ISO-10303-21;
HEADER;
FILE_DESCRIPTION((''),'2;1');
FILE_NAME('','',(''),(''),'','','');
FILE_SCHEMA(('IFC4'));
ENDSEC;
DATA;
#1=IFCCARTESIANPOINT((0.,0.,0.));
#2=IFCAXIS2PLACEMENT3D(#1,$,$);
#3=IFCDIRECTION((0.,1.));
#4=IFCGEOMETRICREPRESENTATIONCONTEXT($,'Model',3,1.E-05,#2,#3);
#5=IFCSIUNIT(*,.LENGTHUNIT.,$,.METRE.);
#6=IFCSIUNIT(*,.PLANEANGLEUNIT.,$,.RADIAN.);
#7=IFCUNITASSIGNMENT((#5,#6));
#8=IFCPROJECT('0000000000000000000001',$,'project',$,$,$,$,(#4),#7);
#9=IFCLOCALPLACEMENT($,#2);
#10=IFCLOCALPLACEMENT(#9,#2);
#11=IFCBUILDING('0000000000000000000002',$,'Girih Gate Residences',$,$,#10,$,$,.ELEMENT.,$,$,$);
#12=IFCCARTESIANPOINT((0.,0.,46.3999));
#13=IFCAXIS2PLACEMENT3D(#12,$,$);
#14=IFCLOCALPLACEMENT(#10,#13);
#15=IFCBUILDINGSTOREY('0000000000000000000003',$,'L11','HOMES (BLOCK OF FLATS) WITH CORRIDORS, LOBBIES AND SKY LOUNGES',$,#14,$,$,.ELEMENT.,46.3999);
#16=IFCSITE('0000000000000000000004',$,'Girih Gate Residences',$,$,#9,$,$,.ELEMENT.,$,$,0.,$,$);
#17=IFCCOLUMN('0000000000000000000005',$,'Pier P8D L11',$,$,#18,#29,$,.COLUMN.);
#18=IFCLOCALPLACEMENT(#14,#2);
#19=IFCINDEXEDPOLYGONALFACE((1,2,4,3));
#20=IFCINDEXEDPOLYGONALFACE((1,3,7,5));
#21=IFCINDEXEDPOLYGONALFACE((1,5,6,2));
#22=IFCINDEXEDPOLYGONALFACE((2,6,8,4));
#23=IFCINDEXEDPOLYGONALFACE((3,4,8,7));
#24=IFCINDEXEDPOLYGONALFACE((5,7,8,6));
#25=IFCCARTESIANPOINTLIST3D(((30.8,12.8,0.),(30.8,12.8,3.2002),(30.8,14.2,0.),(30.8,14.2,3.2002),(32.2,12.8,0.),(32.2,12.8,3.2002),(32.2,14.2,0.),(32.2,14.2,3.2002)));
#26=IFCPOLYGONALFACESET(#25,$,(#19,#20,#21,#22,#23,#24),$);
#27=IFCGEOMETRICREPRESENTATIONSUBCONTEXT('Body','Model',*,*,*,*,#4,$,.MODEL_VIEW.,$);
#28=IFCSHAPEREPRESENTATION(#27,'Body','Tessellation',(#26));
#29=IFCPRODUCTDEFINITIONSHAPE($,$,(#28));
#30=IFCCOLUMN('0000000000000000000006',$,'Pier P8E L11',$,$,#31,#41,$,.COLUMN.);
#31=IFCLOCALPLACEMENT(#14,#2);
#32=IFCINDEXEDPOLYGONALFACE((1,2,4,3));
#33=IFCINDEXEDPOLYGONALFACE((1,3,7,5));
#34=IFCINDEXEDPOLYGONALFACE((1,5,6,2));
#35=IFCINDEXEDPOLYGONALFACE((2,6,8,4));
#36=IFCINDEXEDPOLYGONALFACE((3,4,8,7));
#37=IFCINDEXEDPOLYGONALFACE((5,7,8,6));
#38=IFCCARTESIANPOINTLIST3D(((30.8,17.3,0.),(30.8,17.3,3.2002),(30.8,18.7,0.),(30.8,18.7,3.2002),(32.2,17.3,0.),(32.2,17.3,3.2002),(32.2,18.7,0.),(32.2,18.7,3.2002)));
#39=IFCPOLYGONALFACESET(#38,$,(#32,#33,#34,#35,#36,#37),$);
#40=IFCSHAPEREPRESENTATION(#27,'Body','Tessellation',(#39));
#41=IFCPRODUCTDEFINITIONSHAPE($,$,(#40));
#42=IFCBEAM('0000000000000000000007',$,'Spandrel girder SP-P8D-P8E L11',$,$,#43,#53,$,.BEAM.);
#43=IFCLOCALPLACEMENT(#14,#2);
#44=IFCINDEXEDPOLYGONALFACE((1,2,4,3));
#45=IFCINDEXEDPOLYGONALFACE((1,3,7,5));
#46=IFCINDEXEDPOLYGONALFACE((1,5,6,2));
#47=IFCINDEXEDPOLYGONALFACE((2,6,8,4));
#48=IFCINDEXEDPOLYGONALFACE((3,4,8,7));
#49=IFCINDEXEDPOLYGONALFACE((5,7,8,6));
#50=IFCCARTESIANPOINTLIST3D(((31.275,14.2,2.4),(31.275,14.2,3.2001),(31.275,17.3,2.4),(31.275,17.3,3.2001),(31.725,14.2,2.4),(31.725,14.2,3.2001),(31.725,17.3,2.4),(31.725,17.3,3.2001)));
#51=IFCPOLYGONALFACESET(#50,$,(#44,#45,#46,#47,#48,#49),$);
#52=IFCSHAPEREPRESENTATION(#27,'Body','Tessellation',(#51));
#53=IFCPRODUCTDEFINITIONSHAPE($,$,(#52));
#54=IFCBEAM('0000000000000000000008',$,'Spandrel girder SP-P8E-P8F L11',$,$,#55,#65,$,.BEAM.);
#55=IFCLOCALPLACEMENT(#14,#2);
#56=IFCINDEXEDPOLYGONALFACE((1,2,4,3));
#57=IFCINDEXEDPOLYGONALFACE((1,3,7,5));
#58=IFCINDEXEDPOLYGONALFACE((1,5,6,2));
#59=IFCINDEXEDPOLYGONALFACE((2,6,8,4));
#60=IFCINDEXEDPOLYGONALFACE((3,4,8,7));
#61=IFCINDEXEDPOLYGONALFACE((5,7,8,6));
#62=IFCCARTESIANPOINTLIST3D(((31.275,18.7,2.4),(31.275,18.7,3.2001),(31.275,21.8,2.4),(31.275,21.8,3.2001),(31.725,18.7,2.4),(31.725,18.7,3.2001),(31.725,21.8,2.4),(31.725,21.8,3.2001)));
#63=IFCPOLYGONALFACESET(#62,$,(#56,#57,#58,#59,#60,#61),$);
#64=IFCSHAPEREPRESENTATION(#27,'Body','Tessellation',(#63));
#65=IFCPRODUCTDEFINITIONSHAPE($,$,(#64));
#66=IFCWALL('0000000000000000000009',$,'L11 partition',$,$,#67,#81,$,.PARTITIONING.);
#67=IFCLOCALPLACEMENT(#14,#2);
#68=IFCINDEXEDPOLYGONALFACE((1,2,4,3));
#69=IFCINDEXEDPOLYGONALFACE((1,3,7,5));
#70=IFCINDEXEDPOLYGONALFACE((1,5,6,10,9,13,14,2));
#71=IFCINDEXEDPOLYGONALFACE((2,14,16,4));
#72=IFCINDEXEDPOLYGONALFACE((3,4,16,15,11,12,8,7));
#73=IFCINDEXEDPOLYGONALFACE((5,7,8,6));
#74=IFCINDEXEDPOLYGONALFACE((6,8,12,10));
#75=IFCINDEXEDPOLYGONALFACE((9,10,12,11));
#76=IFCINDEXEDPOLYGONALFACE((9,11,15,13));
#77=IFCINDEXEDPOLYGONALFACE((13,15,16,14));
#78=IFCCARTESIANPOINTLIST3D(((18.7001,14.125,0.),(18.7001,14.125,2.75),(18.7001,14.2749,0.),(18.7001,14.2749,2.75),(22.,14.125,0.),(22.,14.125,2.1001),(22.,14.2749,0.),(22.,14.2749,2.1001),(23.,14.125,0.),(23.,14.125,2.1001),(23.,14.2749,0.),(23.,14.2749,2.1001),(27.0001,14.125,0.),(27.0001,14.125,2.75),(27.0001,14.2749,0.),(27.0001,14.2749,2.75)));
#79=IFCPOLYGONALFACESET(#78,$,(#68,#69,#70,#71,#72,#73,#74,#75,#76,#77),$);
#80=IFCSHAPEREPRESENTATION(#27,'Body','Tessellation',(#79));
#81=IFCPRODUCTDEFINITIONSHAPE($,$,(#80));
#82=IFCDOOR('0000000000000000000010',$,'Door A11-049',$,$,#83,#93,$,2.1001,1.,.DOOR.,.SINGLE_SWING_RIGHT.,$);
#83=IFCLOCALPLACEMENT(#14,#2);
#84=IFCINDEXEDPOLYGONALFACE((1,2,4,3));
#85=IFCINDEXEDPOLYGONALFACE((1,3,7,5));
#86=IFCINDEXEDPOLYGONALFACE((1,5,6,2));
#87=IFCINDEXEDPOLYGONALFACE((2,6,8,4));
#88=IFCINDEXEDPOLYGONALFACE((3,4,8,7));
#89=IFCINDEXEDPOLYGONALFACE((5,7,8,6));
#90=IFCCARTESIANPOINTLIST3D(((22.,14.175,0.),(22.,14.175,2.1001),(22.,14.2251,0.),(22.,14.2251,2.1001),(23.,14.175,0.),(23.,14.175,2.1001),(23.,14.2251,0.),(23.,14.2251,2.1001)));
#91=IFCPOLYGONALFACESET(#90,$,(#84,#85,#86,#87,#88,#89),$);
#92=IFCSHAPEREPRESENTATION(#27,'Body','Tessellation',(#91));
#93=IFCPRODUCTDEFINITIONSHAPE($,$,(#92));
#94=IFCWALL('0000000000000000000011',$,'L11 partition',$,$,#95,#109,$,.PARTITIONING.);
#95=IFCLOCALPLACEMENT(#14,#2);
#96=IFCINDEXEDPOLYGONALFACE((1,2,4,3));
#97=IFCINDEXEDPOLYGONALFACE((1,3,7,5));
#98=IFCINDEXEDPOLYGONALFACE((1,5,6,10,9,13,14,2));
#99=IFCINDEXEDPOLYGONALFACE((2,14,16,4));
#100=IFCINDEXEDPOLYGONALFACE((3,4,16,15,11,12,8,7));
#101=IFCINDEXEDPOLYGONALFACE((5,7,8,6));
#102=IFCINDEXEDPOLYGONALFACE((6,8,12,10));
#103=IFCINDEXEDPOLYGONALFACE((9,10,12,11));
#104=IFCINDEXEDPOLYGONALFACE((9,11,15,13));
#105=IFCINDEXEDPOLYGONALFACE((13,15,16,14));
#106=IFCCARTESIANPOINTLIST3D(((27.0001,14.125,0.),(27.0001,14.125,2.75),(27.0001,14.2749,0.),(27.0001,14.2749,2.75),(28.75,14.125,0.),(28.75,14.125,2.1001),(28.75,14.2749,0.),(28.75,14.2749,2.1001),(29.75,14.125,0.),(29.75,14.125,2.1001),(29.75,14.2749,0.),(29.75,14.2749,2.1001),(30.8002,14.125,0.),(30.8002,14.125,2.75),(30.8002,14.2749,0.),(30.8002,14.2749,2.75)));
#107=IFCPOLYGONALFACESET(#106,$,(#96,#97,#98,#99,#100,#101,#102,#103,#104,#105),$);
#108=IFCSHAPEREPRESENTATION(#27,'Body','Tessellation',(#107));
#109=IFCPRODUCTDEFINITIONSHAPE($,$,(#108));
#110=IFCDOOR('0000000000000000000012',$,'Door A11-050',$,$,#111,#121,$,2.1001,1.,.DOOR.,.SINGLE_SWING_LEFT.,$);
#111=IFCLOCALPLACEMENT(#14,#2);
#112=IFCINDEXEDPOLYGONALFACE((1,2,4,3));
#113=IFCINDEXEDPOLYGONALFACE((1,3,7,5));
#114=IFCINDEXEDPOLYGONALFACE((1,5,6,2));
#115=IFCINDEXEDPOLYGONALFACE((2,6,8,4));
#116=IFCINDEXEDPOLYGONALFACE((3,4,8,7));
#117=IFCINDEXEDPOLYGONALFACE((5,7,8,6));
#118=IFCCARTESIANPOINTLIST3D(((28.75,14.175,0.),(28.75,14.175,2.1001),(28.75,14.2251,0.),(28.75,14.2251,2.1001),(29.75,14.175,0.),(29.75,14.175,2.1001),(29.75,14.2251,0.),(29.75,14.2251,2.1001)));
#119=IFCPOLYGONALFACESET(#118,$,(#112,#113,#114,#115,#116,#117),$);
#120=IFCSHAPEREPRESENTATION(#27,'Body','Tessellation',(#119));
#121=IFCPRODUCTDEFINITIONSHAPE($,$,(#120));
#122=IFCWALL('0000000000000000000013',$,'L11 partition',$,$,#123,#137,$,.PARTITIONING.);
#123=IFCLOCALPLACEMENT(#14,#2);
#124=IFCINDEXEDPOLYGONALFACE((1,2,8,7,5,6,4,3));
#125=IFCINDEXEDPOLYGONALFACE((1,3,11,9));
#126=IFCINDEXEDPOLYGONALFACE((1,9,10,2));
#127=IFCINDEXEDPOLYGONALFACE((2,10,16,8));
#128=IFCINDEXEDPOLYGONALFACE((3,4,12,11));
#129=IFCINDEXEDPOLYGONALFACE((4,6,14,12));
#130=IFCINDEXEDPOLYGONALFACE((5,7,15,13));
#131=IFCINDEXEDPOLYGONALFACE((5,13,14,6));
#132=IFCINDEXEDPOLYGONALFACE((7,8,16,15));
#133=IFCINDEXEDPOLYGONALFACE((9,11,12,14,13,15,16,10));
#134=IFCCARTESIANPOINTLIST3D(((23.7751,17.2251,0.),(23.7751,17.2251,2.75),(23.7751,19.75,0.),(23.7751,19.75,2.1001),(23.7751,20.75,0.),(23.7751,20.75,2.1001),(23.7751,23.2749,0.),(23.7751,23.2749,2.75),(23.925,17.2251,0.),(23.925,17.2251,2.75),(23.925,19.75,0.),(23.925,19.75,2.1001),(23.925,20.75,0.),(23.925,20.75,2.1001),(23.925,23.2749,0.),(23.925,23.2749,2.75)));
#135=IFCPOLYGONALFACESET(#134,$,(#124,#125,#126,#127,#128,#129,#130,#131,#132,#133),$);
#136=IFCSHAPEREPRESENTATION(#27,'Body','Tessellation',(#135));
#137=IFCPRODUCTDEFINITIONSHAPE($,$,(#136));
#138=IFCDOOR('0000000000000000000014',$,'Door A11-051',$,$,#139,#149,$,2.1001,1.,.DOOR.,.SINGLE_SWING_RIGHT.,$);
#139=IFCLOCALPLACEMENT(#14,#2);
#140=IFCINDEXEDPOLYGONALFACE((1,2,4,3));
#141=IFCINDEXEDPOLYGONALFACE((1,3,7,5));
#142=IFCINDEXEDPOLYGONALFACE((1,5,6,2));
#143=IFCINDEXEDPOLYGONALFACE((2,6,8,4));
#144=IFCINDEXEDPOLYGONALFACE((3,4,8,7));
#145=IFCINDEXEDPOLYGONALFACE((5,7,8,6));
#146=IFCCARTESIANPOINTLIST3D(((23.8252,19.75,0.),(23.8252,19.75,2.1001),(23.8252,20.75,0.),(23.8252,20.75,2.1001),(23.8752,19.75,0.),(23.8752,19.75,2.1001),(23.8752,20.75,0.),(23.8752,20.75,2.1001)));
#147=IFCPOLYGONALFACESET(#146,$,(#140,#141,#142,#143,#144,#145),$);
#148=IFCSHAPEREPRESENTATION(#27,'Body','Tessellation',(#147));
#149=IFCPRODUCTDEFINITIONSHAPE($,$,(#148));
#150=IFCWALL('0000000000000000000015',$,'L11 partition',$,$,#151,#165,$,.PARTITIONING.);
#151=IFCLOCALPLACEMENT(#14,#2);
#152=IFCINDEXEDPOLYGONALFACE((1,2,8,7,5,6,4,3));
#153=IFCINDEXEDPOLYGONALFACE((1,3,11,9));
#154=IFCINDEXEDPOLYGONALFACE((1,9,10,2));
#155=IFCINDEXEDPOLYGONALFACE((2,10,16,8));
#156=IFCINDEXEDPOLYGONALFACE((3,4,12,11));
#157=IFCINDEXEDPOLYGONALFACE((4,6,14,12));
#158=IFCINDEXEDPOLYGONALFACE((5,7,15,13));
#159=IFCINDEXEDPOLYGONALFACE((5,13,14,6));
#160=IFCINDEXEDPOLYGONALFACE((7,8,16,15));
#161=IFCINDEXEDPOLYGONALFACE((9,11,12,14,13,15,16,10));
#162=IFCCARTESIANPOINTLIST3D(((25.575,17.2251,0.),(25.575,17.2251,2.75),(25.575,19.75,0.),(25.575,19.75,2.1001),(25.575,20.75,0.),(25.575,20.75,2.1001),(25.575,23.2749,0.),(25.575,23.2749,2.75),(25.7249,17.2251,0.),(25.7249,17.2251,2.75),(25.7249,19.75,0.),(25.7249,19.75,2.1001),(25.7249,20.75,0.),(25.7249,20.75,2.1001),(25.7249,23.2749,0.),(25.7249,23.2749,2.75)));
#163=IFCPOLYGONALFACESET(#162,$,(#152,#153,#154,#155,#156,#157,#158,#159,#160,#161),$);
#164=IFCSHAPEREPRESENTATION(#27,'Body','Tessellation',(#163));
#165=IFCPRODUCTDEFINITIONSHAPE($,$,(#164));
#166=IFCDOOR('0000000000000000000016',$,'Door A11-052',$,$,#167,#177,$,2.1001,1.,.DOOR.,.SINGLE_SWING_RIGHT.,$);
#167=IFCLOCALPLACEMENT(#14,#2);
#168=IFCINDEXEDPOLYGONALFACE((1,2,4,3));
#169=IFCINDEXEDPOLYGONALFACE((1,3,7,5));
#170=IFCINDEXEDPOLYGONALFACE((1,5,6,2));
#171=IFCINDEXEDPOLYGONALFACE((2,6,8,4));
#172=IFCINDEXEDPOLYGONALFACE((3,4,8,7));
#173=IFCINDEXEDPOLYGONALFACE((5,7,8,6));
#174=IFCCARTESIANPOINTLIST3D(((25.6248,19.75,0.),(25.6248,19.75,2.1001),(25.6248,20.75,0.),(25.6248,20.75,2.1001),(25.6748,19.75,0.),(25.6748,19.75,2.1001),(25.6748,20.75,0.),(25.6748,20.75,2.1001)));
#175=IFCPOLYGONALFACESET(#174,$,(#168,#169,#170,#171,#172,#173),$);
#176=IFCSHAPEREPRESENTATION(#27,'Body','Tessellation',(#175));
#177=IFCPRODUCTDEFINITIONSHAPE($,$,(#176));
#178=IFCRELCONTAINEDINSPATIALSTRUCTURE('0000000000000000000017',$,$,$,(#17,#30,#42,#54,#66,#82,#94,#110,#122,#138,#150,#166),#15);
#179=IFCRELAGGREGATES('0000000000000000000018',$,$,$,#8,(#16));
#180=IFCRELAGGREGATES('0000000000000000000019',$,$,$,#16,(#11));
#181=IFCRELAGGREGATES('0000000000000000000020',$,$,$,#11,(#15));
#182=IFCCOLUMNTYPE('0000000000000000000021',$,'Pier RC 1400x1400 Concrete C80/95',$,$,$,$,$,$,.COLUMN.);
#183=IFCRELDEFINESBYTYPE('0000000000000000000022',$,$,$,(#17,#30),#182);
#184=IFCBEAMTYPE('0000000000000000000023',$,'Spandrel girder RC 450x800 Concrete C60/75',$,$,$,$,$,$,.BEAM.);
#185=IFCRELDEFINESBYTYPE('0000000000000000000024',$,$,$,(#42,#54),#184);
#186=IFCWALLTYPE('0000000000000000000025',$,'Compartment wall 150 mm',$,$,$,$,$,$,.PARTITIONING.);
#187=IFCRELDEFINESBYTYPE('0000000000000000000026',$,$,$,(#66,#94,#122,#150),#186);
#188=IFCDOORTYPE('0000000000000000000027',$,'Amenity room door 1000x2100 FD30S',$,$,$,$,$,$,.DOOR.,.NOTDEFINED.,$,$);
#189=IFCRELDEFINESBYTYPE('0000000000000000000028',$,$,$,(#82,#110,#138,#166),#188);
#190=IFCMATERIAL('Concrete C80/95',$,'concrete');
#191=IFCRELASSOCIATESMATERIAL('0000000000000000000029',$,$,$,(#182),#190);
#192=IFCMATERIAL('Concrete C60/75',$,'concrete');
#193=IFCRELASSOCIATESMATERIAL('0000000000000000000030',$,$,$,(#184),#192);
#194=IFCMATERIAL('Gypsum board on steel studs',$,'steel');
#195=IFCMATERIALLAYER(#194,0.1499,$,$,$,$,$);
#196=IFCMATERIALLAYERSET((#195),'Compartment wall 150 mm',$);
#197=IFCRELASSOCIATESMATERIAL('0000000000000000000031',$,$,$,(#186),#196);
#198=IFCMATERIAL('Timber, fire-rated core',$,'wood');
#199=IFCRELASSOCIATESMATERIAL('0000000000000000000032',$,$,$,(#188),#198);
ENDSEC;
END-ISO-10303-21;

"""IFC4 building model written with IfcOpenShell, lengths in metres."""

from ifc_helpers import new_model, si_unit, direction, frame, frame_2d, origin, origin_2d, place, context, subcontext, project, spatial, rectangle, extrude, material, layer, layer_set, material_profile, profile_set, type_object, element, fill, save


model = new_model("IFC4")

# Units and contexts
model_context = context("Model", 3, precision=1e-05, world=origin(), true_north=direction((0.0, 1.0)))
body_context = subcontext(model_context, "Body", "Model", "MODEL_VIEW")
ifc_project = project(units=[si_unit("LENGTHUNIT", "METRE"), si_unit("PLANEANGLEUNIT", "RADIAN")], contexts=[model_context])

# Site, building, storey
site_placement = place(None, origin())
site = spatial("IfcSite", under=ifc_project, at=site_placement, Name="Girih Gate Residences", CompositionType="ELEMENT", RefElevation=0.0)
building_placement = place(site_placement, origin())
building = spatial("IfcBuilding", under=site, at=building_placement, Name="Girih Gate Residences", CompositionType="ELEMENT")
storey_placement = place(building_placement, frame((0.0, 0.0, 46.3999)))
storey = spatial("IfcBuildingStorey", under=building, at=storey_placement, Name="L11", Description="HOMES (BLOCK OF FLATS) WITH CORRIDORS, LOBBIES AND SKY LOUNGES", CompositionType="ELEMENT", Elevation=46.3999)

# Columns
ifc_material_1 = material(Name="Concrete C80/95", Category="concrete")
ifc_material_profile_1 = material_profile(ifc_material_1, rectangle(XDim=1.3999, YDim=1.3999, at=origin_2d()))
ifc_profile_set_1 = profile_set([ifc_material_profile_1], Name="Concrete C80/95")
column_type = type_object("IfcColumnType", Name="Pier RC 1400x1400 Concrete C80/95", PredefinedType="COLUMN", material=ifc_profile_set_1)
for number, where, z_axis, x_axis, name in (
    (1, (31.5, 13.5, 0.0), (0.0, 0.0, 1.0), (1.0, 0.0, 0.0), "Pier P8D L11"),
    (2, (31.5, 18.0, 0.0), (0.0, 0.0, 1.0), (1.0, 0.0, 0.0), "Pier P8E L11"),
):
    element("IfcColumn", number, at=place(storey_placement, frame(where, z_axis=z_axis, x_axis=x_axis)), inside=storey, type_object=column_type, Name=name, PredefinedType="COLUMN", context=body_context, shape_type="SweptSolid", body=[
        extrude(rectangle(XDim=1.3999, YDim=1.3999, at=origin_2d()), origin(), (0.0, 0.0, 1.0), 3.2002),
    ])

# Beams
ifc_material_2 = material(Name="Concrete C60/75", Category="concrete")
ifc_material_profile_2 = material_profile(ifc_material_2, rectangle(XDim=0.45, YDim=0.8, at=origin_2d()))
ifc_profile_set_2 = profile_set([ifc_material_profile_2], Name="Concrete C60/75")
beam_type = type_object("IfcBeamType", Name="Spandrel girder RC 450x800 Concrete C60/75", PredefinedType="BEAM", material=ifc_profile_set_2)
for number, where, z_axis, x_axis, name in (
    (3, (31.5, 14.2, 2.8), (0.0, 1.0, 0.0), (-1.0, 0.0, 0.0), "Spandrel girder SP-P8D-P8E L11"),
    (4, (31.5, 18.7, 2.8), (0.0, 1.0, 0.0), (-1.0, 0.0, 0.0), "Spandrel girder SP-P8E-P8F L11"),
):
    element("IfcBeam", number, at=place(storey_placement, frame(where, z_axis=z_axis, x_axis=x_axis)), inside=storey, type_object=beam_type, Name=name, PredefinedType="BEAM", context=body_context, shape_type="SweptSolid", body=[
        extrude(rectangle(XDim=0.45, YDim=0.8, at=origin_2d()), origin(), (0.0, 0.0, 1.0), 3.1001),
    ])

# Walls, openings, doors
ifc_material_3 = material(Name="Gypsum board on steel studs", Category="steel")
ifc_layer_1 = layer(ifc_material_3, 0.1499)
ifc_layer_set_1 = layer_set([ifc_layer_1], Name="Compartment wall 150 mm")
wall_type_1 = type_object("IfcWallType", Name="Compartment wall 150 mm", PredefinedType="PARTITIONING", material=ifc_layer_set_1)
wall_1_placement = place(storey_placement, frame((27.0, 14.2, 0.0), z_axis=(0.0, 0.0, 1.0), x_axis=(-1.0, 0.0, 0.0)))
wall_1 = element("IfcWall", 5, at=wall_1_placement, inside=storey, type_object=wall_type_1, Name="L11 partition", PredefinedType="PARTITIONING", context=body_context, shape_type="SweptSolid", body=[
    extrude(rectangle(XDim=8.3, YDim=0.1499, at=frame_2d((4.1499, 0.0))), origin(), (0.0, 0.0, 1.0), 2.75),
])
opening_1_placement = place(wall_1_placement, frame((4.0, 0.0, 0.0)))
opening_1 = element("IfcOpeningElement", 6, at=opening_1_placement, cuts=wall_1, PredefinedType="OPENING", context=body_context, shape_type="SweptSolid", body=[
    extrude(rectangle(XDim=1.0, YDim=2.1001, at=frame_2d((0.5, 1.05))), frame((0.0, 0.085, 0.0), z_axis=(0.0, -1.0, 0.0), x_axis=(1.0, 0.0, 0.0)), (0.0, 0.0, 1.0), 0.1699),
])
ifc_material_4 = material(Name="Timber, fire-rated core", Category="wood")
door_type = type_object("IfcDoorType", Name="Amenity room door 1000x2100 FD30S", OperationType="NOTDEFINED", PredefinedType="DOOR", material=ifc_material_4)
door_1_placement = place(opening_1_placement, origin())
door_1 = element("IfcDoor", 7, at=door_1_placement, inside=storey, type_object=door_type, Name="Door A11-049", OperationType="SINGLE_SWING_RIGHT", OverallHeight=2.1001, OverallWidth=1.0, PredefinedType="DOOR", context=body_context, shape_type="SweptSolid", body=[
    extrude(rectangle(XDim=1.0, YDim=2.1001, at=frame_2d((0.5, 1.05))), frame((0.0, 0.0249, 0.0), z_axis=(0.0, -1.0, 0.0), x_axis=(1.0, 0.0, 0.0)), (0.0, 0.0, 1.0), 0.05),
])
fill(opening_1, door_1)
wall_2_placement = place(storey_placement, frame((30.8, 14.2, 0.0), z_axis=(0.0, 0.0, 1.0), x_axis=(-1.0, 0.0, 0.0)))
wall_2 = element("IfcWall", 8, at=wall_2_placement, inside=storey, type_object=wall_type_1, Name="L11 partition", PredefinedType="PARTITIONING", context=body_context, shape_type="SweptSolid", body=[
    extrude(rectangle(XDim=3.8, YDim=0.1499, at=frame_2d((1.8999, 0.0))), origin(), (0.0, 0.0, 1.0), 2.75),
])
opening_2_placement = place(wall_2_placement, frame((1.05, 0.0, 0.0)))
opening_2 = element("IfcOpeningElement", 9, at=opening_2_placement, cuts=wall_2, PredefinedType="OPENING", context=body_context, shape_type="SweptSolid", body=[
    extrude(rectangle(XDim=1.0, YDim=2.1001, at=frame_2d((0.5, 1.05))), frame((0.0, 0.085, 0.0), z_axis=(0.0, -1.0, 0.0), x_axis=(1.0, 0.0, 0.0)), (0.0, 0.0, 1.0), 0.1699),
])
door_2_placement = place(opening_2_placement, origin())
door_2 = element("IfcDoor", 10, at=door_2_placement, inside=storey, type_object=door_type, Name="Door A11-050", OperationType="SINGLE_SWING_LEFT", OverallHeight=2.1001, OverallWidth=1.0, PredefinedType="DOOR", context=body_context, shape_type="SweptSolid", body=[
    extrude(rectangle(XDim=1.0, YDim=2.1001, at=frame_2d((0.5, 1.05))), frame((0.0, 0.0249, 0.0), z_axis=(0.0, -1.0, 0.0), x_axis=(1.0, 0.0, 0.0)), (0.0, 0.0, 1.0), 0.05),
])
fill(opening_2, door_2)
wall_3_placement = place(storey_placement, frame((23.8501, 17.2251, 0.0), z_axis=(0.0, 0.0, 1.0), x_axis=(0.0, 1.0, 0.0)))
wall_3 = element("IfcWall", 11, at=wall_3_placement, inside=storey, type_object=wall_type_1, Name="L11 partition", PredefinedType="PARTITIONING", context=body_context, shape_type="SweptSolid", body=[
    extrude(rectangle(XDim=6.0498, YDim=0.1499, at=frame_2d((3.0249, 0.0))), origin(), (0.0, 0.0, 1.0), 2.75),
])
opening_3_placement = place(wall_3_placement, frame((2.5249, 0.0, 0.0)))
opening_3 = element("IfcOpeningElement", 12, at=opening_3_placement, cuts=wall_3, PredefinedType="OPENING", context=body_context, shape_type="SweptSolid", body=[
    extrude(rectangle(XDim=1.0, YDim=2.1001, at=frame_2d((0.5, 1.05))), frame((0.0, 0.085, 0.0), z_axis=(0.0, -1.0, 0.0), x_axis=(1.0, 0.0, 0.0)), (0.0, 0.0, 1.0), 0.1699),
])
door_3_placement = place(opening_3_placement, origin())
door_3 = element("IfcDoor", 13, at=door_3_placement, inside=storey, type_object=door_type, Name="Door A11-051", OperationType="SINGLE_SWING_RIGHT", OverallHeight=2.1001, OverallWidth=1.0, PredefinedType="DOOR", context=body_context, shape_type="SweptSolid", body=[
    extrude(rectangle(XDim=1.0, YDim=2.1001, at=frame_2d((0.5, 1.05))), frame((0.0, 0.0249, 0.0), z_axis=(0.0, -1.0, 0.0), x_axis=(1.0, 0.0, 0.0)), (0.0, 0.0, 1.0), 0.05),
])
fill(opening_3, door_3)
wall_4_placement = place(storey_placement, frame((25.6499, 23.2749, 0.0), z_axis=(0.0, 0.0, 1.0), x_axis=(0.0, -1.0, 0.0)))
wall_4 = element("IfcWall", 14, at=wall_4_placement, inside=storey, type_object=wall_type_1, Name="L11 partition", PredefinedType="PARTITIONING", context=body_context, shape_type="SweptSolid", body=[
    extrude(rectangle(XDim=6.0498, YDim=0.1499, at=frame_2d((3.0249, 0.0))), origin(), (0.0, 0.0, 1.0), 2.75),
])
opening_4_placement = place(wall_4_placement, frame((2.5249, 0.0, 0.0)))
opening_4 = element("IfcOpeningElement", 15, at=opening_4_placement, cuts=wall_4, PredefinedType="OPENING", context=body_context, shape_type="SweptSolid", body=[
    extrude(rectangle(XDim=1.0, YDim=2.1001, at=frame_2d((0.5, 1.05))), frame((0.0, 0.085, 0.0), z_axis=(0.0, -1.0, 0.0), x_axis=(1.0, 0.0, 0.0)), (0.0, 0.0, 1.0), 0.1699),
])
door_4_placement = place(opening_4_placement, origin())
door_4 = element("IfcDoor", 16, at=door_4_placement, inside=storey, type_object=door_type, Name="Door A11-052", OperationType="SINGLE_SWING_RIGHT", OverallHeight=2.1001, OverallWidth=1.0, PredefinedType="DOOR", context=body_context, shape_type="SweptSolid", body=[
    extrude(rectangle(XDim=1.0, YDim=2.1001, at=frame_2d((0.5, 1.05))), frame((0.0, 0.0249, 0.0), z_axis=(0.0, -1.0, 0.0), x_axis=(1.0, 0.0, 0.0)), (0.0, 0.0, 1.0), 0.05),
])
fill(opening_4, door_4)

save(model, "model.ifc")
